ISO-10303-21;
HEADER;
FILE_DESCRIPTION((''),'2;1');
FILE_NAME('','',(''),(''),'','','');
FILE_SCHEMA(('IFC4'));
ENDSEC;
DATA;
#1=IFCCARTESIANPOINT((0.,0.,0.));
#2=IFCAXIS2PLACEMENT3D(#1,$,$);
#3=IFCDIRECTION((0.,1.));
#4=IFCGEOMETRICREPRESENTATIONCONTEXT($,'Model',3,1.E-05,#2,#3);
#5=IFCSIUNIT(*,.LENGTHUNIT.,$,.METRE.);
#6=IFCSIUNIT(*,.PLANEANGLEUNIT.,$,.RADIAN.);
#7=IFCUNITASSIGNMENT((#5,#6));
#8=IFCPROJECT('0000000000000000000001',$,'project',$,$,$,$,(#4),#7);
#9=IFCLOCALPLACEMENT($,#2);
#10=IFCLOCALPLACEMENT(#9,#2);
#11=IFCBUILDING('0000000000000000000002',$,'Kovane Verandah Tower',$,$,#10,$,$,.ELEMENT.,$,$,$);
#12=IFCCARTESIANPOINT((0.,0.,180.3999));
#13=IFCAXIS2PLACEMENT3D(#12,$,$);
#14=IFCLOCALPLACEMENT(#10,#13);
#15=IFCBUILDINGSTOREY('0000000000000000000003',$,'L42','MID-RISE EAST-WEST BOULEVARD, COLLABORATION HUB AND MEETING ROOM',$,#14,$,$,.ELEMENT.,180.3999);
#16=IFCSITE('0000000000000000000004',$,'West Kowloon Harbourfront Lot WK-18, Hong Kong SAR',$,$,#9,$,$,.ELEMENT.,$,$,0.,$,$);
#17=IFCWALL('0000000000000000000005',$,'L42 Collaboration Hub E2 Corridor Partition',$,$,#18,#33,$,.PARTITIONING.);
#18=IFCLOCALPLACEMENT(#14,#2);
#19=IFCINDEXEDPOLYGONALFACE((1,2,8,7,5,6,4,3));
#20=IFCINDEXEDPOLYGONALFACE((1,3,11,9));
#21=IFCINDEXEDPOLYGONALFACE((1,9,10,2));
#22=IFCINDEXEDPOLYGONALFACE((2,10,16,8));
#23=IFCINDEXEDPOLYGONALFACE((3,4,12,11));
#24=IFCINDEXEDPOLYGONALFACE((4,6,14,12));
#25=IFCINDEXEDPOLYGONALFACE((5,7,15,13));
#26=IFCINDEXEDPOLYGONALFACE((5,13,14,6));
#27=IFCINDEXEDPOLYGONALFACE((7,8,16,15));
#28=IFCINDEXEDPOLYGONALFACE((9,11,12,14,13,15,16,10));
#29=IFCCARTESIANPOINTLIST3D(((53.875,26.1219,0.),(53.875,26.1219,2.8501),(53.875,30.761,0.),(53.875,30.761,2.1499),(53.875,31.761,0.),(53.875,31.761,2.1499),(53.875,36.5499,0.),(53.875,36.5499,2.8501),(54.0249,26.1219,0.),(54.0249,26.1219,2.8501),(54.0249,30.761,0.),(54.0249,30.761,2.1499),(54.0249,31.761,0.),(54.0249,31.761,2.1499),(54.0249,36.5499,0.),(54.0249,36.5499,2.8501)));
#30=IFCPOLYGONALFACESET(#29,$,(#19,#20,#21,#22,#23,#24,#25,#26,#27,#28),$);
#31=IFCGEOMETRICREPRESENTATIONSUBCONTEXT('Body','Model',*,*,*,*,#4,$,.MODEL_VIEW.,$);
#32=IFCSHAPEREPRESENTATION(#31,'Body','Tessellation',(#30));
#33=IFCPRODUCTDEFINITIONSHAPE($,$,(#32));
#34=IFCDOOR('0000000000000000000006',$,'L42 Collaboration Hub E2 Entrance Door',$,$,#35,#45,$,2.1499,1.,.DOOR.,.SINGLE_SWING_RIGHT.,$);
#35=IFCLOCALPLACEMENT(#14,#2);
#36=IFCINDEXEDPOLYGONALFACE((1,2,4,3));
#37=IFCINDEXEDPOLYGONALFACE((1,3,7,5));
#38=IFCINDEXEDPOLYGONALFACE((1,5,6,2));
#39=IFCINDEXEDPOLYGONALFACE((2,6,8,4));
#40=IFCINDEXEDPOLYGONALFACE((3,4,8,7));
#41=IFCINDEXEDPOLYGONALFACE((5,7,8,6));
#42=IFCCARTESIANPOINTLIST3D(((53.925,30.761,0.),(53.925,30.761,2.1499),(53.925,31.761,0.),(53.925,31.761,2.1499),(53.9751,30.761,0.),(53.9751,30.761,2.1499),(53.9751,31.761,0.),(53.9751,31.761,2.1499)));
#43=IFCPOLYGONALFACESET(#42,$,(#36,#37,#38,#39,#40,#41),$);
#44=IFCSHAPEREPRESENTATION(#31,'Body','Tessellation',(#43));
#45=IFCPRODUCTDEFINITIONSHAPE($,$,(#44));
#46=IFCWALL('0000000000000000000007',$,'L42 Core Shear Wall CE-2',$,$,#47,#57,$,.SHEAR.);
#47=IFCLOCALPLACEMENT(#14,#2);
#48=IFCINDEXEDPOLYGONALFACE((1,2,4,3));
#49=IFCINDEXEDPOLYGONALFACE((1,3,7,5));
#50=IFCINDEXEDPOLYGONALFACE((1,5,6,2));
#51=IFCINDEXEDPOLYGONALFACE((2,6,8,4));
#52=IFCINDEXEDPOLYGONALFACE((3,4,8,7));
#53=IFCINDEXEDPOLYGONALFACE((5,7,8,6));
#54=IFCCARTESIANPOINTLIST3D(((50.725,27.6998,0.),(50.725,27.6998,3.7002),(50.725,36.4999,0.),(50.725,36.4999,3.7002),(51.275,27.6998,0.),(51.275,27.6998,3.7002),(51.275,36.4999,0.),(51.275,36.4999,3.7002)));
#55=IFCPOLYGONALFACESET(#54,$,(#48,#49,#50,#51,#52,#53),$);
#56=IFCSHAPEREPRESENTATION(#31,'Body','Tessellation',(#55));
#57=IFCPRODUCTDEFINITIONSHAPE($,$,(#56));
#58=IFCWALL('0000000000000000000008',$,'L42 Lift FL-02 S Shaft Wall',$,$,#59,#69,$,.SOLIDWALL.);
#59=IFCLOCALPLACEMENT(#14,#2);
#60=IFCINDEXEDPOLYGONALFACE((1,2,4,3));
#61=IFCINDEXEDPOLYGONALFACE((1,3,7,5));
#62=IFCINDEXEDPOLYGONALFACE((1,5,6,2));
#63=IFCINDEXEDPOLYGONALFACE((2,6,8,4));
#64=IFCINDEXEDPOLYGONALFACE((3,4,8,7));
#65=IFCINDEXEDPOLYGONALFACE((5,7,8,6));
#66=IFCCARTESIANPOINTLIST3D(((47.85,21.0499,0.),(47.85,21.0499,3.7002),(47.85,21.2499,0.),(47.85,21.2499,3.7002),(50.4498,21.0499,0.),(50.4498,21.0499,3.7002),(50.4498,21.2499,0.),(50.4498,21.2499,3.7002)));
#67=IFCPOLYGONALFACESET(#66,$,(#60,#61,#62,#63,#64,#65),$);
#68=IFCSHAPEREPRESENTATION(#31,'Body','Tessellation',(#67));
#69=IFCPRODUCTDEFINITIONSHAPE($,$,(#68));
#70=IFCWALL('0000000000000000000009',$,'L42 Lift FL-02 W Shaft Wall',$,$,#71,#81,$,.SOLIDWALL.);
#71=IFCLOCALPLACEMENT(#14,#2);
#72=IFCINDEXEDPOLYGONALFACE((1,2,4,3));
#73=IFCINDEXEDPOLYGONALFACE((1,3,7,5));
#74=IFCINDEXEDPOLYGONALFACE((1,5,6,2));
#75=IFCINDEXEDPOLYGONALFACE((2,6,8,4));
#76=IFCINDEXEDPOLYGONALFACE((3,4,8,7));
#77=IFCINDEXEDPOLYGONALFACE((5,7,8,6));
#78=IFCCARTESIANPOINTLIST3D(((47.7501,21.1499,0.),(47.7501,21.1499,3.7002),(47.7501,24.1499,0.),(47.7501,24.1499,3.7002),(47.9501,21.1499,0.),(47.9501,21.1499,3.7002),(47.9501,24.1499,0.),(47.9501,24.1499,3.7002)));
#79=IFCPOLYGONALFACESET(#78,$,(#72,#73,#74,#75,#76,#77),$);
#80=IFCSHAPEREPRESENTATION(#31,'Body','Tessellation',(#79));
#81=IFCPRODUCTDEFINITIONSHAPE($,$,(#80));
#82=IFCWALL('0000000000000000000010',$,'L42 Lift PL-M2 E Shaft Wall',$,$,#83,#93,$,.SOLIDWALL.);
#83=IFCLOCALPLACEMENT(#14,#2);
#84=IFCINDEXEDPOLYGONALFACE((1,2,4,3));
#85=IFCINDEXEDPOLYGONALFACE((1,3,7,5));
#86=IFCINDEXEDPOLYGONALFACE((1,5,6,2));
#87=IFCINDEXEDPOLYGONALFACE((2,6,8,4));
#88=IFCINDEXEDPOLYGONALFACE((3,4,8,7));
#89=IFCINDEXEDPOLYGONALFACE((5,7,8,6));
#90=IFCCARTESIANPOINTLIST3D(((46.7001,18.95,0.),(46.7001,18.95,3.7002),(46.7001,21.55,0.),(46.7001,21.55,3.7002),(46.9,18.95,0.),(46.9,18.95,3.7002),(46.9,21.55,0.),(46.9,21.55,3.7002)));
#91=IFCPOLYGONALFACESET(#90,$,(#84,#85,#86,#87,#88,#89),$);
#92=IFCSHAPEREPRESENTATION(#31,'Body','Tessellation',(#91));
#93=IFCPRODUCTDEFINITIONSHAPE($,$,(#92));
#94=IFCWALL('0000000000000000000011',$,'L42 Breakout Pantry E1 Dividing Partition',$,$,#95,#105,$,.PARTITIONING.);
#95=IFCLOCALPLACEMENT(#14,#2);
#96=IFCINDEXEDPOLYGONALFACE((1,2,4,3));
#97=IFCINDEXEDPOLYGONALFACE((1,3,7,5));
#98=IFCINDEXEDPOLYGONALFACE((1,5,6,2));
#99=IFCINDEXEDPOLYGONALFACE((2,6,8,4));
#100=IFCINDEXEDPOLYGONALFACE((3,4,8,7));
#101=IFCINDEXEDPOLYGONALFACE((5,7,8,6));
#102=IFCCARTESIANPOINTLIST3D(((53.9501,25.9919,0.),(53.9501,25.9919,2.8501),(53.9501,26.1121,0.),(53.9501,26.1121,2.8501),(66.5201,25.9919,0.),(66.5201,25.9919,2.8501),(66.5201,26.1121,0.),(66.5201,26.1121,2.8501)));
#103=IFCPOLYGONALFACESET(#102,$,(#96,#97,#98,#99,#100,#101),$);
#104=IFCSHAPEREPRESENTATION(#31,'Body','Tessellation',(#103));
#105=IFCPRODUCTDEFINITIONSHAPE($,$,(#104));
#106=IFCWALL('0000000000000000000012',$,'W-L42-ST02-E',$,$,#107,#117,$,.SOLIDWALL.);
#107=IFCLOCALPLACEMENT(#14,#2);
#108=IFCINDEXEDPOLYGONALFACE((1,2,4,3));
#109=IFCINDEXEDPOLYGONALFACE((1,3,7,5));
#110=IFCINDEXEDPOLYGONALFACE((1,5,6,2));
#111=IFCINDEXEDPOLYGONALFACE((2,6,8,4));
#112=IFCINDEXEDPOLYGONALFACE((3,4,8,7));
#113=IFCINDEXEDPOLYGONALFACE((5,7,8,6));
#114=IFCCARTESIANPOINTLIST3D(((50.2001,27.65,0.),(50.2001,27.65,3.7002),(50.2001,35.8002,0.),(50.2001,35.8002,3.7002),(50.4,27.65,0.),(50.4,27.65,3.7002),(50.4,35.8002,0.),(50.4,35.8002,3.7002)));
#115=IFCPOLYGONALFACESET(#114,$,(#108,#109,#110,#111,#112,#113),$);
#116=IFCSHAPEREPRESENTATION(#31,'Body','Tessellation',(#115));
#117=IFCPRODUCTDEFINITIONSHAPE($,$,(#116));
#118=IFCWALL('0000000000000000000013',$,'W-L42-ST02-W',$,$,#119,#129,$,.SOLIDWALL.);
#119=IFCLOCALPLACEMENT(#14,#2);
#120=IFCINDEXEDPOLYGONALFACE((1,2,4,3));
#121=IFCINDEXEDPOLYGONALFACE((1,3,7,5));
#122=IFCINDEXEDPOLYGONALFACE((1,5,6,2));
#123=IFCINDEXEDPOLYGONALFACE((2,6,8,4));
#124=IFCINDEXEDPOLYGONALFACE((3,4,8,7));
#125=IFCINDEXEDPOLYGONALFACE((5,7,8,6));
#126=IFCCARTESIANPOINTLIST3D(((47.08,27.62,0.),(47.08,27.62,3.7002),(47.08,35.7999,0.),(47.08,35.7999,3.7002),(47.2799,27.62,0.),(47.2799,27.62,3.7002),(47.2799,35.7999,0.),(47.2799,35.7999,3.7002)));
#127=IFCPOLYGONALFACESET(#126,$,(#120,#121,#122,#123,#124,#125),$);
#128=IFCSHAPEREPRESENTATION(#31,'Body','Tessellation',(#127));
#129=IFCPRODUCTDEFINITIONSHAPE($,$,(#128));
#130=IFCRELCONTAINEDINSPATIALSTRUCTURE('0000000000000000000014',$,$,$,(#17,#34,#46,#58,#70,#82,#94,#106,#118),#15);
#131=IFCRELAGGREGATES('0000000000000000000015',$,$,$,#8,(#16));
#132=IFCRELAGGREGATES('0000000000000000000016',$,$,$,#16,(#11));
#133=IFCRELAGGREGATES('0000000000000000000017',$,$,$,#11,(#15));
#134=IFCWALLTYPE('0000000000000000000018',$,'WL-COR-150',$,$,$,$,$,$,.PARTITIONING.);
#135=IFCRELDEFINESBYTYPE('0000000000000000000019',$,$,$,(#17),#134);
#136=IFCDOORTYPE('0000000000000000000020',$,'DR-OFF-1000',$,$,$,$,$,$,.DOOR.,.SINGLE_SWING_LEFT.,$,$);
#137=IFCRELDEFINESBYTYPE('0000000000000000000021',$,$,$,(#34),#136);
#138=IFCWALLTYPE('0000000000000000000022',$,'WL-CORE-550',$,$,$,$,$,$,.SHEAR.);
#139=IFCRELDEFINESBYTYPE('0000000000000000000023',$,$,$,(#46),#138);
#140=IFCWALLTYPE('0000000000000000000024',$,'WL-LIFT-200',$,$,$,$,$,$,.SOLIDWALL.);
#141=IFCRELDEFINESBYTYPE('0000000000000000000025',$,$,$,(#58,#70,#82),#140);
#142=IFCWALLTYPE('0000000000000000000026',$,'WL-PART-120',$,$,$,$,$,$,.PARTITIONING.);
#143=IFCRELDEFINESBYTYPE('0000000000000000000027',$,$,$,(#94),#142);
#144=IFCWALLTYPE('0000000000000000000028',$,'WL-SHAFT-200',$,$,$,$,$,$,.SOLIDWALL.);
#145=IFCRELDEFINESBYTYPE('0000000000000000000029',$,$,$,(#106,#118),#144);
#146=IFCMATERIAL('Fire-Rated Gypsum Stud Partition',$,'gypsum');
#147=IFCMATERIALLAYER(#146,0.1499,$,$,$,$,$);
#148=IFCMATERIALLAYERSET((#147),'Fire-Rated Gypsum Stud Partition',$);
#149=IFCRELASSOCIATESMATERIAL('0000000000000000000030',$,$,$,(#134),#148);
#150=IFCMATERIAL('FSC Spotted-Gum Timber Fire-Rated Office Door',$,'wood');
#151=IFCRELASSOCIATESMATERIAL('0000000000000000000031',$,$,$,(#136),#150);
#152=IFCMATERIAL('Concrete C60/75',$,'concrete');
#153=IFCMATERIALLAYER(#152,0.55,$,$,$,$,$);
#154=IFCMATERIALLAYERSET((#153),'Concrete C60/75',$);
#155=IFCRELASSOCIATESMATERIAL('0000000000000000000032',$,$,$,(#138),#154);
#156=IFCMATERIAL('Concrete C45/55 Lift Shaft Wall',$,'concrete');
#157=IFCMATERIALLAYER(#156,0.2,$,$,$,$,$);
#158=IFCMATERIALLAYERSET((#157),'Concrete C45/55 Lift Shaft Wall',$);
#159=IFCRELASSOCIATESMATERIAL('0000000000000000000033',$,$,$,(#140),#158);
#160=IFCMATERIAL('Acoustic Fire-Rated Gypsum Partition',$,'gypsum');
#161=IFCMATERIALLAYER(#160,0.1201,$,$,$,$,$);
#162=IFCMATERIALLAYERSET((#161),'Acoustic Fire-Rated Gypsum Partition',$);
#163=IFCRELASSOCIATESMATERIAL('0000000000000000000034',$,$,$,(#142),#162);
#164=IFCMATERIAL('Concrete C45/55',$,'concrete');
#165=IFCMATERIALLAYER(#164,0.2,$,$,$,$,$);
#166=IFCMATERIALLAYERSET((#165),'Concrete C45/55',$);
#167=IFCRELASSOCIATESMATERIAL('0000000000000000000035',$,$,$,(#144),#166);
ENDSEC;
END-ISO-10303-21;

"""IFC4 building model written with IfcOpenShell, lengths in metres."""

from ifc_helpers import new_model, si_unit, direction, frame, frame_2d, origin, place, context, subcontext, project, spatial, rectangle, extrude, material, layer, layer_set, type_object, element, fill, save


model = new_model("IFC4")

# Units and contexts
model_context = context("Model", 3, precision=1e-05, world=origin(), true_north=direction((0.0, 1.0)))
body_context = subcontext(model_context, "Body", "Model", "MODEL_VIEW")
ifc_project = project(units=[si_unit("LENGTHUNIT", "METRE"), si_unit("PLANEANGLEUNIT", "RADIAN")], contexts=[model_context])

# Site, building, storey
site_placement = place(None, origin())
site = spatial("IfcSite", under=ifc_project, at=site_placement, Name="West Kowloon Harbourfront Lot WK-18, Hong Kong SAR", CompositionType="ELEMENT", RefElevation=0.0)
building_placement = place(site_placement, origin())
building = spatial("IfcBuilding", under=site, at=building_placement, Name="Kovane Verandah Tower", CompositionType="ELEMENT")
storey_placement = place(building_placement, frame((0.0, 0.0, 180.3999)))
storey = spatial("IfcBuildingStorey", under=building, at=storey_placement, Name="L42", Description="MID-RISE EAST-WEST BOULEVARD, COLLABORATION HUB AND MEETING ROOM", CompositionType="ELEMENT", Elevation=180.3999)

# Shared definitions
ifc_material_1 = material(Name="Concrete C60/75", Category="concrete")

# Wall, opening, door
ifc_material_2 = material(Name="Fire-Rated Gypsum Stud Partition", Category="gypsum")
ifc_layer_1 = layer(ifc_material_2, 0.1499)
ifc_layer_set_1 = layer_set([ifc_layer_1], Name="Fire-Rated Gypsum Stud Partition")
wall_type_1 = type_object("IfcWallType", Name="WL-COR-150", PredefinedType="PARTITIONING", material=ifc_layer_set_1)
wall_1_placement = place(storey_placement, frame((53.95, 26.1221, 0.0), z_axis=(0.0, 0.0, 1.0), x_axis=(0.0, 1.0, 0.0)))
wall_1 = element("IfcWall", 1, at=wall_1_placement, inside=storey, type_object=wall_type_1, Name="L42 Collaboration Hub E2 Corridor Partition", PredefinedType="PARTITIONING", context=body_context, shape_type="SweptSolid", body=[
    extrude(rectangle(XDim=10.428, YDim=0.1499, at=frame_2d((5.2139, 0.0))), origin(), (0.0, 0.0, 1.0), 2.8501),
])
opening_1_placement = place(wall_1_placement, frame((4.6389, 0.0, 0.0)))
opening_1 = element("IfcOpeningElement", 2, at=opening_1_placement, cuts=wall_1, PredefinedType="OPENING", context=body_context, shape_type="SweptSolid", body=[
    extrude(rectangle(XDim=1.0, YDim=2.1499, at=frame_2d((0.5, 1.075))), frame((0.0, 0.075, 0.0), z_axis=(0.0, -1.0, 0.0), x_axis=(1.0, 0.0, 0.0)), (0.0, 0.0, 1.0), 0.1499),
])
ifc_material_3 = material(Name="FSC Spotted-Gum Timber Fire-Rated Office Door", Category="wood")
door_type_1 = type_object("IfcDoorType", Name="DR-OFF-1000", OperationType="SINGLE_SWING_LEFT", PredefinedType="DOOR", material=ifc_material_3)
door_1_placement = place(opening_1_placement, origin())
door_1 = element("IfcDoor", 3, at=door_1_placement, inside=storey, type_object=door_type_1, Name="L42 Collaboration Hub E2 Entrance Door", OperationType="SINGLE_SWING_RIGHT", OverallHeight=2.1499, OverallWidth=1.0, PredefinedType="DOOR", context=body_context, shape_type="SweptSolid", body=[
    extrude(rectangle(XDim=1.0, YDim=2.1499, at=frame_2d((0.5, 1.075))), frame((0.0, 0.0249, 0.0), z_axis=(0.0, -1.0, 0.0), x_axis=(1.0, 0.0, 0.0)), (0.0, 0.0, 1.0), 0.05),
])
fill(opening_1, door_1)

# Wall
ifc_layer_2 = layer(ifc_material_1, 0.55)
ifc_layer_set_2 = layer_set([ifc_layer_2], Name="Concrete C60/75")
wall_type_2 = type_object("IfcWallType", Name="WL-CORE-550", PredefinedType="SHEAR", material=ifc_layer_set_2)
wall_2_placement = place(storey_placement, frame((51.0, 27.7, 0.0), z_axis=(0.0, 0.0, 1.0), x_axis=(0.0, 1.0, 0.0)))
element("IfcWall", 4, at=wall_2_placement, inside=storey, type_object=wall_type_2, Name="L42 Core Shear Wall CE-2", PredefinedType="SHEAR", context=body_context, shape_type="SweptSolid", body=[
    extrude(rectangle(XDim=8.8, YDim=0.55, at=frame_2d((4.3999, 0.0))), origin(), (0.0, 0.0, 1.0), 3.7002),
])

# Wall
ifc_material_4 = material(Name="Concrete C45/55 Lift Shaft Wall", Category="concrete")
ifc_layer_3 = layer(ifc_material_4, 0.2)
ifc_layer_set_3 = layer_set([ifc_layer_3], Name="Concrete C45/55 Lift Shaft Wall")
wall_type_3 = type_object("IfcWallType", Name="WL-LIFT-200", PredefinedType="SOLIDWALL", material=ifc_layer_set_3)
wall_3_placement = place(storey_placement, frame((47.8501, 21.1499, 0.0), z_axis=(0.0, 0.0, 1.0), x_axis=(1.0, 0.0, 0.0)))
element("IfcWall", 5, at=wall_3_placement, inside=storey, type_object=wall_type_3, Name="L42 Lift FL-02 S Shaft Wall", PredefinedType="SOLIDWALL", context=body_context, shape_type="SweptSolid", body=[
    extrude(rectangle(XDim=2.5999, YDim=0.2, at=frame_2d((1.2998, 0.0))), origin(), (0.0, 0.0, 1.0), 3.7002),
])

# Wall
wall_4_placement = place(storey_placement, frame((47.8501, 24.1499, 0.0), z_axis=(0.0, 0.0, 1.0), x_axis=(0.0, -1.0, 0.0)))
element("IfcWall", 6, at=wall_4_placement, inside=storey, type_object=wall_type_3, Name="L42 Lift FL-02 W Shaft Wall", PredefinedType="SOLIDWALL", context=body_context, shape_type="SweptSolid", body=[
    extrude(rectangle(XDim=3.0, YDim=0.2, at=frame_2d((1.5, 0.0))), origin(), (0.0, 0.0, 1.0), 3.7002),
])

# Walls
wall_5_placement = place(storey_placement, frame((46.8, 18.95, 0.0), z_axis=(0.0, 0.0, 1.0), x_axis=(0.0, 1.0, 0.0)))
element("IfcWall", 7, at=wall_5_placement, inside=storey, type_object=wall_type_3, Name="L42 Lift PL-M2 E Shaft Wall", PredefinedType="SOLIDWALL", context=body_context, shape_type="SweptSolid", body=[
    extrude(rectangle(XDim=2.6001, YDim=0.2, at=frame_2d((1.3, 0.0))), origin(), (0.0, 0.0, 1.0), 3.7002),
])
ifc_material_5 = material(Name="Acoustic Fire-Rated Gypsum Partition", Category="gypsum")
ifc_layer_4 = layer(ifc_material_5, 0.1201)
ifc_layer_set_4 = layer_set([ifc_layer_4], Name="Acoustic Fire-Rated Gypsum Partition")
wall_type_4 = type_object("IfcWallType", Name="WL-PART-120", PredefinedType="PARTITIONING", material=ifc_layer_set_4)
wall_6_placement = place(storey_placement, frame((53.95, 26.052, 0.0), z_axis=(0.0, 0.0, 1.0), x_axis=(1.0, 0.0, 0.0)))
element("IfcWall", 8, at=wall_6_placement, inside=storey, type_object=wall_type_4, Name="L42 Breakout Pantry E1 Dividing Partition", PredefinedType="PARTITIONING", context=body_context, shape_type="SweptSolid", body=[
    extrude(rectangle(XDim=12.5701, YDim=0.1201, at=frame_2d((6.2852, 0.0))), origin(), (0.0, 0.0, 1.0), 2.8501),
])
ifc_material_6 = material(Name="Concrete C45/55", Category="concrete")
ifc_layer_5 = layer(ifc_material_6, 0.2)
ifc_layer_set_5 = layer_set([ifc_layer_5], Name="Concrete C45/55")
wall_type_5 = type_object("IfcWallType", Name="WL-SHAFT-200", PredefinedType="SOLIDWALL", material=ifc_layer_set_5)
wall_7_placement = place(storey_placement, frame((50.3, 27.6499, 0.0), z_axis=(0.0, 0.0, 1.0), x_axis=(0.0, 1.0, 0.0)))
element("IfcWall", 9, at=wall_7_placement, inside=storey, type_object=wall_type_5, Name="W-L42-ST02-E", PredefinedType="SOLIDWALL", context=body_context, shape_type="SweptSolid", body=[
    extrude(rectangle(XDim=8.1501, YDim=0.2, at=frame_2d((4.0752, 0.0))), origin(), (0.0, 0.0, 1.0), 3.7002),
])
wall_8_placement = place(storey_placement, frame((47.1799, 27.6201, 0.0), z_axis=(0.0, 0.0, 1.0), x_axis=(0.0, 1.0, 0.0)))
element("IfcWall", 10, at=wall_8_placement, inside=storey, type_object=wall_type_5, Name="W-L42-ST02-W", PredefinedType="SOLIDWALL", context=body_context, shape_type="SweptSolid", body=[
    extrude(rectangle(XDim=8.1799, YDim=0.2, at=frame_2d((4.0898, 0.0))), origin(), (0.0, 0.0, 1.0), 3.7002),
])

save(model, "model.ifc")
